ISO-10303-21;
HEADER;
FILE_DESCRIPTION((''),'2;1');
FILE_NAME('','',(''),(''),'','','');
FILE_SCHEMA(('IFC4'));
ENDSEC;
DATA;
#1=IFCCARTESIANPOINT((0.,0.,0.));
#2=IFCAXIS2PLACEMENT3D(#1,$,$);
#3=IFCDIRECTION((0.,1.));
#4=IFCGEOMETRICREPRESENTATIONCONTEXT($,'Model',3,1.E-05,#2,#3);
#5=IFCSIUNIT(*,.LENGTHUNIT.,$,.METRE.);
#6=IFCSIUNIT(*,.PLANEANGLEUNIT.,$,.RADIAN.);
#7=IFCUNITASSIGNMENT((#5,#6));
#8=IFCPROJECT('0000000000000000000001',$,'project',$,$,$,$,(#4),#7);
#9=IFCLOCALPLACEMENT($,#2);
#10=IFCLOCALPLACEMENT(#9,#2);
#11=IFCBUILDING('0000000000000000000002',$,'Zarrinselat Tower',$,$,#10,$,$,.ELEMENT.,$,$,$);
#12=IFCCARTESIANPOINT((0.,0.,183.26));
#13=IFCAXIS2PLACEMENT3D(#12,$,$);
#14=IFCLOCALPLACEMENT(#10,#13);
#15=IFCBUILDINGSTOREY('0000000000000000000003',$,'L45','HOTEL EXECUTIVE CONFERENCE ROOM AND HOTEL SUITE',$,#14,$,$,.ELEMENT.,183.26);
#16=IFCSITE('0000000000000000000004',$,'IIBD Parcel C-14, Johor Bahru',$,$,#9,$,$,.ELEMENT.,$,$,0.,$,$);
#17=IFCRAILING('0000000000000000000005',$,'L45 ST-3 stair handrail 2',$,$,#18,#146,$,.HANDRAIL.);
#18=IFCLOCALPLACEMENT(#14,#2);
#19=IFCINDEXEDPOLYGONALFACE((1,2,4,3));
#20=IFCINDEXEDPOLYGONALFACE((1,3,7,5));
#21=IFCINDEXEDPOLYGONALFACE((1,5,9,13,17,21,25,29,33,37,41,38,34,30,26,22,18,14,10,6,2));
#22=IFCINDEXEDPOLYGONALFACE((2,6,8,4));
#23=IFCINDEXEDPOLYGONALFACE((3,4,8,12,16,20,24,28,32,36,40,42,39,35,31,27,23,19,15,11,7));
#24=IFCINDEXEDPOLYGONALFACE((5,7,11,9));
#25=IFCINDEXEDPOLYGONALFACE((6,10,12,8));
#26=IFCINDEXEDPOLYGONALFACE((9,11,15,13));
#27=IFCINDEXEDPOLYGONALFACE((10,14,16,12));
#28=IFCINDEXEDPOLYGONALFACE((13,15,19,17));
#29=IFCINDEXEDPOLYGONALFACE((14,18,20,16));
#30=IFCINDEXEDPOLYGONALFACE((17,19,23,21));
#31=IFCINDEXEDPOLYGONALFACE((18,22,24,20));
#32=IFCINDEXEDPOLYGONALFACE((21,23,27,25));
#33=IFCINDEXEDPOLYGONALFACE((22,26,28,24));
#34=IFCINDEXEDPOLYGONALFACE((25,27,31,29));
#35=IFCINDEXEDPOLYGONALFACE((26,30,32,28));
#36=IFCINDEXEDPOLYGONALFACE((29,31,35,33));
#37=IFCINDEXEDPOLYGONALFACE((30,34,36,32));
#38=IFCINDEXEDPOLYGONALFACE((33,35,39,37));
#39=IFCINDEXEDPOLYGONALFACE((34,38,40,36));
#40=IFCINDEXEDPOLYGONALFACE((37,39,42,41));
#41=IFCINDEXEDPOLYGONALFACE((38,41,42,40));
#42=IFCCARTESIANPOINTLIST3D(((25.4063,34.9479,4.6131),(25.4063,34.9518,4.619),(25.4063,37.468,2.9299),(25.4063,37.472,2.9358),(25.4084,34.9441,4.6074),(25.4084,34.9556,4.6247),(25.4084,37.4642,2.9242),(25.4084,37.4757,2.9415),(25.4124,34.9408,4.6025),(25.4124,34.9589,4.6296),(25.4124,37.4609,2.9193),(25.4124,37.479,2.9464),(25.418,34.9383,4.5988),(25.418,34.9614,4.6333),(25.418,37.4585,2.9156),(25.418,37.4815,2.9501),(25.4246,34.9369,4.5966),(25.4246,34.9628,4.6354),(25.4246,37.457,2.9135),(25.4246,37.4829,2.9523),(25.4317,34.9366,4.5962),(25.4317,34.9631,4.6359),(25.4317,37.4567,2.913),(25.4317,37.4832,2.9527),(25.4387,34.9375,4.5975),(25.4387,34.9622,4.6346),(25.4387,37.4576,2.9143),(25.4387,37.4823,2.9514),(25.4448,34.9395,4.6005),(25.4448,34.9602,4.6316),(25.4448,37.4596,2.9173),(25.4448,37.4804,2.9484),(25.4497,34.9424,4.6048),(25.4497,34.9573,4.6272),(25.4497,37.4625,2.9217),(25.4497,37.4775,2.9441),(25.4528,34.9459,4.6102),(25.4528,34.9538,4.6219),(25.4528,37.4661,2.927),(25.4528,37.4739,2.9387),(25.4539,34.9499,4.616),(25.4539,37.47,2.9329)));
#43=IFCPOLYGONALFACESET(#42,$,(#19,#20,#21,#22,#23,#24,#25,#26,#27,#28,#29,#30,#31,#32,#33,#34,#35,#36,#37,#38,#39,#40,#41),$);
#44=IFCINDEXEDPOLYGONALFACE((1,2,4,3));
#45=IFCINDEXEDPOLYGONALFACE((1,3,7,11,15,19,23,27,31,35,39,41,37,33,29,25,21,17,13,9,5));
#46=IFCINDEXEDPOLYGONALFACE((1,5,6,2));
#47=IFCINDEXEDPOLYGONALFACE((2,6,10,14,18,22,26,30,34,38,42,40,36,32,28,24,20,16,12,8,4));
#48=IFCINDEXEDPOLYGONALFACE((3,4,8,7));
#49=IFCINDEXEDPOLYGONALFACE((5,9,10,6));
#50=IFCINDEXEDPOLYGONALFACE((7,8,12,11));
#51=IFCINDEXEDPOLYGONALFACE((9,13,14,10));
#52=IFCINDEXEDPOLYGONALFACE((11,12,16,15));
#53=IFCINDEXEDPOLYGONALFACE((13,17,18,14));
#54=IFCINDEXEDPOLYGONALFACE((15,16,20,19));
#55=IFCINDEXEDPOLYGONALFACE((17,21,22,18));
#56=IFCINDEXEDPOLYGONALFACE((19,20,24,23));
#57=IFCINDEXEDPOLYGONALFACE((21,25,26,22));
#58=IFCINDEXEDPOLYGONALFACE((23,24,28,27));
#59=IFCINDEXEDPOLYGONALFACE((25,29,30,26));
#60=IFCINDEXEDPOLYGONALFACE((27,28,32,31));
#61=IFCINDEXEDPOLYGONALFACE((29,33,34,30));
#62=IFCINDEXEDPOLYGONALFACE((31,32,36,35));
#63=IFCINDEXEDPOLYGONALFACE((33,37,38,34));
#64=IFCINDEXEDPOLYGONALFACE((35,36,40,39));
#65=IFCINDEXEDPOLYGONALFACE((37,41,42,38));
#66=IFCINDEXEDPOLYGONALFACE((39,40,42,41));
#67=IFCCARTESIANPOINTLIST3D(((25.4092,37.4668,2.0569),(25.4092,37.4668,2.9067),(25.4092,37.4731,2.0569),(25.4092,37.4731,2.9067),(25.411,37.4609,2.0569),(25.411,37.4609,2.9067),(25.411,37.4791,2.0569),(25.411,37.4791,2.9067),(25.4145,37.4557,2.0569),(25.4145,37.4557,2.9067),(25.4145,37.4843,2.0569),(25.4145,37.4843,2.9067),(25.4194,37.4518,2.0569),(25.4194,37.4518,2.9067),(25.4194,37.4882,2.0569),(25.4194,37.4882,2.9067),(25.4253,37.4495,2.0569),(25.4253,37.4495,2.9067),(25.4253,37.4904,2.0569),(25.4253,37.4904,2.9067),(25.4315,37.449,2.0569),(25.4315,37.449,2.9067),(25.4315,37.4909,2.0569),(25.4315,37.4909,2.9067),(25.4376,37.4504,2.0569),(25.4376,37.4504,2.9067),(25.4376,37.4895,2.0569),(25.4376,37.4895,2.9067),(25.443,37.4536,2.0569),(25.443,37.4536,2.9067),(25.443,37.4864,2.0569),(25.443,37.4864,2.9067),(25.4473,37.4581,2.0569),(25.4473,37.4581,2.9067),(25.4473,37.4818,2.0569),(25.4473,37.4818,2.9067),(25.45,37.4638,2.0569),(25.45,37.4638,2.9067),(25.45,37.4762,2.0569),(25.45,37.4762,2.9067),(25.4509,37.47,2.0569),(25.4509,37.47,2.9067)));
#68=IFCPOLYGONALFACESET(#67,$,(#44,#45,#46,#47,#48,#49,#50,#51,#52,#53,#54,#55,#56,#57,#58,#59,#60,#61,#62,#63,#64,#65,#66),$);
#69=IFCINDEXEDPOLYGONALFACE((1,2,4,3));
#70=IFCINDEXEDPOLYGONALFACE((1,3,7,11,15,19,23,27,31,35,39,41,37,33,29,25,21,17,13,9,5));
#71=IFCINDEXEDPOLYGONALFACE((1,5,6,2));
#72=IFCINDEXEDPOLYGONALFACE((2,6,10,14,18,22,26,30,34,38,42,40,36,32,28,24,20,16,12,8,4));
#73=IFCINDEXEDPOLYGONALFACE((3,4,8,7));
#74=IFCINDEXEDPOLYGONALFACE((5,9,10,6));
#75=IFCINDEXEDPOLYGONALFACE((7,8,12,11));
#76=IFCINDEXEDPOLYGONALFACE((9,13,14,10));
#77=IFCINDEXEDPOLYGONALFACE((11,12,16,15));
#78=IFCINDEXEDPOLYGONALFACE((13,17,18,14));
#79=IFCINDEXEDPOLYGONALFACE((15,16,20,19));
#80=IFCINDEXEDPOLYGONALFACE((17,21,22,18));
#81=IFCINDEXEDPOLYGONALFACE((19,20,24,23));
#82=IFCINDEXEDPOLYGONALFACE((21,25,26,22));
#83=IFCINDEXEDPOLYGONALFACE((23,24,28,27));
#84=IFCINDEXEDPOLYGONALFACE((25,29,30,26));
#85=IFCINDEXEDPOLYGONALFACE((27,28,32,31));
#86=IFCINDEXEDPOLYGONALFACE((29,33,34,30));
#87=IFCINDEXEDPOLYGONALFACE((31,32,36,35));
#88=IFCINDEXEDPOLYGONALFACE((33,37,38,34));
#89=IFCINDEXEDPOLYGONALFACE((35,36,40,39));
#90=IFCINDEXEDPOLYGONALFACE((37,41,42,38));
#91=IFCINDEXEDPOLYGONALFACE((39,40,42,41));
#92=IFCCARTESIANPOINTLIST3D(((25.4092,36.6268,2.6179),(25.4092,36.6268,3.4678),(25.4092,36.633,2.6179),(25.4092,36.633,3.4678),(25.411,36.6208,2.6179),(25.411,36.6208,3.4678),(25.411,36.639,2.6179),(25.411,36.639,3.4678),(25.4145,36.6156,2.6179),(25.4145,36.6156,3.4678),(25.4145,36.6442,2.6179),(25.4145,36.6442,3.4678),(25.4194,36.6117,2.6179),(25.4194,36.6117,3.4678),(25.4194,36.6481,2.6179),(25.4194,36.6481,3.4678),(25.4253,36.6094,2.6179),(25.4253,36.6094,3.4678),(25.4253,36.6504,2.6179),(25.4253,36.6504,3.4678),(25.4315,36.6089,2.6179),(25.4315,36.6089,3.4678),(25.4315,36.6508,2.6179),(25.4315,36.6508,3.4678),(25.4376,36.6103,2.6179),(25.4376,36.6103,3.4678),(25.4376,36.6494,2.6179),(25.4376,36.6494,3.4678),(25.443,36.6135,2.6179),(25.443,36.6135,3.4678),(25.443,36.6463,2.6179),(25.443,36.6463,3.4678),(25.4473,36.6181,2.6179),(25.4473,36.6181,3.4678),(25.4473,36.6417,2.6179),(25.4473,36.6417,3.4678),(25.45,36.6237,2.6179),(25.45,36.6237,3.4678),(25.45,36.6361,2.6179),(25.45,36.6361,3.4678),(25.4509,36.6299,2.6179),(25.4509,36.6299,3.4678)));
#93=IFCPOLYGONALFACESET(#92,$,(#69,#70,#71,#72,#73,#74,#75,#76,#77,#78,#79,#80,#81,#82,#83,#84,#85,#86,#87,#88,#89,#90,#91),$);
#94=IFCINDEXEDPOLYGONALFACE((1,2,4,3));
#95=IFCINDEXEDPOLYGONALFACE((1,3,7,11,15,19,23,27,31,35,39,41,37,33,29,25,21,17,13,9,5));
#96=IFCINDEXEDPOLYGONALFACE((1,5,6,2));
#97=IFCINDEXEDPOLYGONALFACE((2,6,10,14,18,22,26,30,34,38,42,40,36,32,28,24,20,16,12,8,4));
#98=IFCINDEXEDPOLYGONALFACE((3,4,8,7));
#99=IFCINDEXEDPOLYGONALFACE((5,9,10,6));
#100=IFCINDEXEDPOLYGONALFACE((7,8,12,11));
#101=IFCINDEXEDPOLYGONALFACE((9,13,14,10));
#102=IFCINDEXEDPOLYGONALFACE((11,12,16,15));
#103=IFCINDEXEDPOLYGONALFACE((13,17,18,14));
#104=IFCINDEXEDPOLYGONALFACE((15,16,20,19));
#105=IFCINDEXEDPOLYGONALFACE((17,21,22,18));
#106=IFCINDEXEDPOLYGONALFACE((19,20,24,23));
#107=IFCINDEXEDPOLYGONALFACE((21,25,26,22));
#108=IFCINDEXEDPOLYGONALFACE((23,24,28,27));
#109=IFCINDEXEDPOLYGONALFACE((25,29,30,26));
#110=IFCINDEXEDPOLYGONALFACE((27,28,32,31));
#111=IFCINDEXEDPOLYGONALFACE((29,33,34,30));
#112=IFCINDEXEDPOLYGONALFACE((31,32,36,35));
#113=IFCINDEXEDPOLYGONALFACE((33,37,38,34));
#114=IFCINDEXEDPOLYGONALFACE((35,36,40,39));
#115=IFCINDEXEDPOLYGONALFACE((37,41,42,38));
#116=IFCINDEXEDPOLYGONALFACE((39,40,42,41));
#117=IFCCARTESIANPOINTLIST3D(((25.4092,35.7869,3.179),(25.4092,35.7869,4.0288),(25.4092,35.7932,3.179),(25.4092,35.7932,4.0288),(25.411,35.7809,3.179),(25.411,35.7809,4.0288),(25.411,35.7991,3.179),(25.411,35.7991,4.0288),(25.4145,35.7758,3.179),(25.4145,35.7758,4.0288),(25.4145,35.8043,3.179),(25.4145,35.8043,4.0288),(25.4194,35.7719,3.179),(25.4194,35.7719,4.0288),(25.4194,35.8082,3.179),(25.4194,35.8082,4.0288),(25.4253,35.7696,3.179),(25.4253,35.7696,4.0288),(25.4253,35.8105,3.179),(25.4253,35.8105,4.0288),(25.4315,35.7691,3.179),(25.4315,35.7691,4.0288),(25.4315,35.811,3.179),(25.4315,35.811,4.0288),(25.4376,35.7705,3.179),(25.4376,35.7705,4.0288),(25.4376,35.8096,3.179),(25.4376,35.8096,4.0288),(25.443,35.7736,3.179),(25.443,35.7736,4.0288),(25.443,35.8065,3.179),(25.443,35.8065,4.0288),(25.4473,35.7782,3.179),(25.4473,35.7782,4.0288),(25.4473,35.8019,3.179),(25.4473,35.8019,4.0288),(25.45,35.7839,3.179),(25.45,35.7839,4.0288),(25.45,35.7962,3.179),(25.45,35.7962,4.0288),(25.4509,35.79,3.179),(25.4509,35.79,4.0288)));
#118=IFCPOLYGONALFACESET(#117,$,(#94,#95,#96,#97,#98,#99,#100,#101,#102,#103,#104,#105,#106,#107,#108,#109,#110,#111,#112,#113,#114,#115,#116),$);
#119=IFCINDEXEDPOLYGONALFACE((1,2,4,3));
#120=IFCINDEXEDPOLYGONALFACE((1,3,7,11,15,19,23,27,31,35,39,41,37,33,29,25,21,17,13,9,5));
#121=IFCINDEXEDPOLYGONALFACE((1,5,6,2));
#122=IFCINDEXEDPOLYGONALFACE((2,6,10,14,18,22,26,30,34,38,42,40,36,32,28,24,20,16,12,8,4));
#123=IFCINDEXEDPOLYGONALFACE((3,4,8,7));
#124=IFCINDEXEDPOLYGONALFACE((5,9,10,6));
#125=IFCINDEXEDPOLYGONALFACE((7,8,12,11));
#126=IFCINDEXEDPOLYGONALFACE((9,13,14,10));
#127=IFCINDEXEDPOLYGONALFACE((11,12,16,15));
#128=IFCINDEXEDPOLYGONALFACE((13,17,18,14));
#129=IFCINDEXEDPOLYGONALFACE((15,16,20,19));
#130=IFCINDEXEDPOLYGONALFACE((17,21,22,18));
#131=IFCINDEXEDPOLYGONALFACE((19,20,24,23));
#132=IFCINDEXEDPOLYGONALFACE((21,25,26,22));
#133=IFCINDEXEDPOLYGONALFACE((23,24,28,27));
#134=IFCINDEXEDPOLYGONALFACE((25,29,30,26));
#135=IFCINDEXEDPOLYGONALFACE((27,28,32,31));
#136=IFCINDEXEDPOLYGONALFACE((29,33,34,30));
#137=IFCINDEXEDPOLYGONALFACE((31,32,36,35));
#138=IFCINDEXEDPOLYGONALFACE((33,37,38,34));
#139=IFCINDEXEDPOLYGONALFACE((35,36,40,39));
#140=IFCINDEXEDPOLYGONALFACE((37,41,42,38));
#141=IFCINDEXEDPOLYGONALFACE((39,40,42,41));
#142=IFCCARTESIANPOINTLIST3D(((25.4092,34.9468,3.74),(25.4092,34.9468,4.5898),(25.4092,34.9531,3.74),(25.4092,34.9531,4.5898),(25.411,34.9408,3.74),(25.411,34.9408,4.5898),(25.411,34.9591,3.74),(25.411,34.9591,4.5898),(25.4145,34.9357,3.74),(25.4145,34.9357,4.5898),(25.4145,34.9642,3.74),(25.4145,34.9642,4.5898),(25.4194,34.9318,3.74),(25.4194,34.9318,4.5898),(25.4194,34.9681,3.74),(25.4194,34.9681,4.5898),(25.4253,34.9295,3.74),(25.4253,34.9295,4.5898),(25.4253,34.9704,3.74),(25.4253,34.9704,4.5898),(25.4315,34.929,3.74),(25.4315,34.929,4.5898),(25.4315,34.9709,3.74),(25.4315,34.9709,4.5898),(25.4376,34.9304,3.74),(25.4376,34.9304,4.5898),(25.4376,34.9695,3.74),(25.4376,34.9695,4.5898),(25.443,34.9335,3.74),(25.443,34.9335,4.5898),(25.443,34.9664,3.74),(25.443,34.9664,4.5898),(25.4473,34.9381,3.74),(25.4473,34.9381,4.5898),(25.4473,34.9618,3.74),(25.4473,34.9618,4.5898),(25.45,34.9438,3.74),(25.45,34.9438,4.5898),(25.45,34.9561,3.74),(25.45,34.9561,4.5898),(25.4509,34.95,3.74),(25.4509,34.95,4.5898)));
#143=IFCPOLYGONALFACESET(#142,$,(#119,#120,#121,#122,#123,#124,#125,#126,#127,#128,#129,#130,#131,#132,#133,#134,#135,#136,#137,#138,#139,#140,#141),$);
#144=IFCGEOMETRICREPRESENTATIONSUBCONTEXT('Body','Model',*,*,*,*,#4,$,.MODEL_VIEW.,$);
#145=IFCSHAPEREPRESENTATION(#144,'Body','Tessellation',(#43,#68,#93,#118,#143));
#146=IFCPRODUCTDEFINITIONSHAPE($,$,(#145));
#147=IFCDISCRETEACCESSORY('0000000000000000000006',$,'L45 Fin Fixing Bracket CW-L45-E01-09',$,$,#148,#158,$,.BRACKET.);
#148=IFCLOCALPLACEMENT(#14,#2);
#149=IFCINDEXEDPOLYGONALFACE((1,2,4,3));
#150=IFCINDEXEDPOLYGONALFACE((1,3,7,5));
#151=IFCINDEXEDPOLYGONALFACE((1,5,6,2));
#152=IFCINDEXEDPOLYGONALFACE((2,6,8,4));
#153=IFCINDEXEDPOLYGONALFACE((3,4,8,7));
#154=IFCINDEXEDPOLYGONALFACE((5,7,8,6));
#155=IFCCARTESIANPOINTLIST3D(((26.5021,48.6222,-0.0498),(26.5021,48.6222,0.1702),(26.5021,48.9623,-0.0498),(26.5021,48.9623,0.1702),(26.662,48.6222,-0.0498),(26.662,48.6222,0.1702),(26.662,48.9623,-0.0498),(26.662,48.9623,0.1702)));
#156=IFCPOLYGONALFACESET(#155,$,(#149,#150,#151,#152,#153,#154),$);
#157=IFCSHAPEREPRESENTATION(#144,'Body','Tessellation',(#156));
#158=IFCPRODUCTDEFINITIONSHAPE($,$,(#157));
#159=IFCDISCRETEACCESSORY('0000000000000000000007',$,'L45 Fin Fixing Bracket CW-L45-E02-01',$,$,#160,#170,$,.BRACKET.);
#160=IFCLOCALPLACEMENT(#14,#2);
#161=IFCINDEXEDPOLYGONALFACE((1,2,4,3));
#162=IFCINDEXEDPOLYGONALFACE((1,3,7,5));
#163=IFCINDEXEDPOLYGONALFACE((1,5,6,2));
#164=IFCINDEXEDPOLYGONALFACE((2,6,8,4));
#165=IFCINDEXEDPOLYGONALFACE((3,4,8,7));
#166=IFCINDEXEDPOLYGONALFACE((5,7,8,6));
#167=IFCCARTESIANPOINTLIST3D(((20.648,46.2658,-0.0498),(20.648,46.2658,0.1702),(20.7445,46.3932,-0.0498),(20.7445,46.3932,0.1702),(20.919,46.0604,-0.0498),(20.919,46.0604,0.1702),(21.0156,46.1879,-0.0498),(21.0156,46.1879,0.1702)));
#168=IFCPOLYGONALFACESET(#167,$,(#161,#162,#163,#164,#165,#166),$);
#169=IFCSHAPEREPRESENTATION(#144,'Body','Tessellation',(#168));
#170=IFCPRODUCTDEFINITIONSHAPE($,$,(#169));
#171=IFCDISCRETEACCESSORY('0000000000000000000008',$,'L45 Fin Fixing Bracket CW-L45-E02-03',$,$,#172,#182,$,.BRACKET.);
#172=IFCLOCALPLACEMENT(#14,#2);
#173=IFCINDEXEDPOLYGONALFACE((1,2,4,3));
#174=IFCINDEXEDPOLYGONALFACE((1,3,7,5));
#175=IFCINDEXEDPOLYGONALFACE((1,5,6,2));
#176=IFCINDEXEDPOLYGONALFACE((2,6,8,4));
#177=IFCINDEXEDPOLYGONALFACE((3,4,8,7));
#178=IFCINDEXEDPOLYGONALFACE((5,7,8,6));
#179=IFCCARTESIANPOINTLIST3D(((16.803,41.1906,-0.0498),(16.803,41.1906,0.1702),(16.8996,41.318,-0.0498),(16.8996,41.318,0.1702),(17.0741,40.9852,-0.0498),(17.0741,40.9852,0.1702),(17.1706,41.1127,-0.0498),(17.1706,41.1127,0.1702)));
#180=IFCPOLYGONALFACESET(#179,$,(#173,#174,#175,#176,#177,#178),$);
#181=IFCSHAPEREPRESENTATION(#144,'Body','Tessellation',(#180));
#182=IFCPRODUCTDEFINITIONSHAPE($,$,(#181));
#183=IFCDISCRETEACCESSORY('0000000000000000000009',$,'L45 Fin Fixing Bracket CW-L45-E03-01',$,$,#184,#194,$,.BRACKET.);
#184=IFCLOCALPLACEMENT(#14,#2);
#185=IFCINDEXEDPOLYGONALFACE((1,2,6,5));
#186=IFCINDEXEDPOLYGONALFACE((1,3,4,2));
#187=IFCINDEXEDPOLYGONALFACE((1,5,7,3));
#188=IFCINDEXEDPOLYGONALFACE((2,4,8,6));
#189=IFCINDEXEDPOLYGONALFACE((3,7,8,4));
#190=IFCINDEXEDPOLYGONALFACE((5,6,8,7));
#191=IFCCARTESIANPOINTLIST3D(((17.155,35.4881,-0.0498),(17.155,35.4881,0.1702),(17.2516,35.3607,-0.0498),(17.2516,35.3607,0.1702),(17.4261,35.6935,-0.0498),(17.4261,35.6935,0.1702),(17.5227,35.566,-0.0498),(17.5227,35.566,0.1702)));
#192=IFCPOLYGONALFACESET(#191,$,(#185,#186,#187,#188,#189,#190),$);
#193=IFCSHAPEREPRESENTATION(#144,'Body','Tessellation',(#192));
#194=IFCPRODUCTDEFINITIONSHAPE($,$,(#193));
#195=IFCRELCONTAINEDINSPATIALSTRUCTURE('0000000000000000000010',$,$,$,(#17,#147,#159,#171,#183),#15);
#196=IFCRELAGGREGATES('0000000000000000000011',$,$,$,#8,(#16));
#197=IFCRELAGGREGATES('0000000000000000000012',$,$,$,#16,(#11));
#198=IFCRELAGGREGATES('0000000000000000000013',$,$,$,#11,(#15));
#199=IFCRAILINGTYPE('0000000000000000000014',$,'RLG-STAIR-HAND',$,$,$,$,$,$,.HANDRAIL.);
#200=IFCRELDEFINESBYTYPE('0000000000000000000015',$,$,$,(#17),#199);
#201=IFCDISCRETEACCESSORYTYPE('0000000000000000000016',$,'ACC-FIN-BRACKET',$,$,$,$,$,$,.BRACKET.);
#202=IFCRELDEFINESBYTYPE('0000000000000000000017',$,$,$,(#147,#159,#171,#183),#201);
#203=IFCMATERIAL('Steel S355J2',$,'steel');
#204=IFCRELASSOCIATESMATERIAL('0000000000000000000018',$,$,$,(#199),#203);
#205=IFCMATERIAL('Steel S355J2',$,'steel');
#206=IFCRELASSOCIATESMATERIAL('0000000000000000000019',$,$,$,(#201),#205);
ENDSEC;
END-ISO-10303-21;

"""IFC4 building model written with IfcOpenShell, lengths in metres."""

from ifc_helpers import new_model, si_unit, direction, frame, origin, origin_2d, place, context, subcontext, project, spatial, rectangle, circle, extrude, material, type_object, element, save


model = new_model("IFC4")

# Units and contexts
model_context = context("Model", 3, precision=1e-05, world=origin(), true_north=direction((0.0, 1.0)))
body_context = subcontext(model_context, "Body", "Model", "MODEL_VIEW")
ifc_project = project(units=[si_unit("LENGTHUNIT", "METRE"), si_unit("PLANEANGLEUNIT", "RADIAN")], contexts=[model_context])

# Site, building, storey
site_placement = place(None, origin())
site = spatial("IfcSite", under=ifc_project, at=site_placement, Name="IIBD Parcel C-14, Johor Bahru", CompositionType="ELEMENT", RefElevation=0.0)
building_placement = place(site_placement, origin())
building = spatial("IfcBuilding", under=site, at=building_placement, Name="Zarrinselat Tower", CompositionType="ELEMENT")
storey_placement = place(building_placement, frame((0.0, 0.0, 183.26)))
storey = spatial("IfcBuildingStorey", under=building, at=storey_placement, Name="L45", Description="HOTEL EXECUTIVE CONFERENCE ROOM AND HOTEL SUITE", CompositionType="ELEMENT", Elevation=183.26)

# Railing
ifc_material_1 = material(Name="Steel S355J2", Category="steel")
railing_type_1 = type_object("IfcRailingType", Name="RLG-STAIR-HAND", PredefinedType="HANDRAIL", material=ifc_material_1)
railing_1_placement = place(storey_placement, frame((25.4299, 37.47, 2.0569)))
element("IfcRailing", 1, at=railing_1_placement, inside=storey, type_object=railing_type_1, Name="L45 ST-3 stair handrail 2", PredefinedType="HANDRAIL", context=body_context, shape_type="SweptSolid", body=[
    extrude(circle(Radius=0.0239, at=origin_2d()), frame((0.0, 0.0, 0.876), z_axis=(0.0, -0.831579, 0.555406), x_axis=(1.0, 0.0, 0.0)), (0.0, 0.0, 1.0), 3.0305),
    extrude(circle(Radius=0.021, at=origin_2d()), origin(), (0.0, 0.0, 1.0), 0.8499),
    extrude(circle(Radius=0.021, at=origin_2d()), frame((0.0, -0.8401, 0.561)), (0.0, 0.0, 1.0), 0.8499),
    extrude(circle(Radius=0.021, at=origin_2d()), frame((0.0, -1.6799, 1.1221)), (0.0, 0.0, 1.0), 0.8499),
    extrude(circle(Radius=0.021, at=origin_2d()), frame((0.0, -2.52, 1.6831)), (0.0, 0.0, 1.0), 0.8499),
])

# Discrete accessories
ifc_material_2 = material(Name="Steel S355J2", Category="steel")
discrete_accessory_type = type_object("IfcDiscreteAccessoryType", Name="ACC-FIN-BRACKET", PredefinedType="BRACKET", material=ifc_material_2)
for number, where, z_axis, x_axis, name in (
    (2, (26.582, 48.7922, -0.0498), (0.0, 0.0, 1.0), (0.0, 1.0, 0.0), "L45 Fin Fixing Bracket CW-L45-E01-09"),
    (3, (20.8318, 46.2268, -0.0498), (0.0, 0.0, 1.0), (-0.797091, 0.603859, 0.0), "L45 Fin Fixing Bracket CW-L45-E02-01"),
    (4, (16.9868, 41.1516, -0.0498), (0.0, 0.0, 1.0), (-0.797091, 0.603859, 0.0), "L45 Fin Fixing Bracket CW-L45-E02-03"),
    (5, (17.3389, 35.5271, -0.0498), (0.0, 0.0, 1.0), (-0.797092, -0.603857, 0.0), "L45 Fin Fixing Bracket CW-L45-E03-01"),
):
    element("IfcDiscreteAccessory", number, at=place(storey_placement, frame(where, z_axis=z_axis, x_axis=x_axis)), inside=storey, type_object=discrete_accessory_type, Name=name, PredefinedType="BRACKET", context=body_context, shape_type="SweptSolid", body=[
        extrude(rectangle(XDim=0.3401, YDim=0.1599, at=origin_2d()), origin(), (0.0, 0.0, 1.0), 0.22),
    ])

save(model, "model.ifc")
